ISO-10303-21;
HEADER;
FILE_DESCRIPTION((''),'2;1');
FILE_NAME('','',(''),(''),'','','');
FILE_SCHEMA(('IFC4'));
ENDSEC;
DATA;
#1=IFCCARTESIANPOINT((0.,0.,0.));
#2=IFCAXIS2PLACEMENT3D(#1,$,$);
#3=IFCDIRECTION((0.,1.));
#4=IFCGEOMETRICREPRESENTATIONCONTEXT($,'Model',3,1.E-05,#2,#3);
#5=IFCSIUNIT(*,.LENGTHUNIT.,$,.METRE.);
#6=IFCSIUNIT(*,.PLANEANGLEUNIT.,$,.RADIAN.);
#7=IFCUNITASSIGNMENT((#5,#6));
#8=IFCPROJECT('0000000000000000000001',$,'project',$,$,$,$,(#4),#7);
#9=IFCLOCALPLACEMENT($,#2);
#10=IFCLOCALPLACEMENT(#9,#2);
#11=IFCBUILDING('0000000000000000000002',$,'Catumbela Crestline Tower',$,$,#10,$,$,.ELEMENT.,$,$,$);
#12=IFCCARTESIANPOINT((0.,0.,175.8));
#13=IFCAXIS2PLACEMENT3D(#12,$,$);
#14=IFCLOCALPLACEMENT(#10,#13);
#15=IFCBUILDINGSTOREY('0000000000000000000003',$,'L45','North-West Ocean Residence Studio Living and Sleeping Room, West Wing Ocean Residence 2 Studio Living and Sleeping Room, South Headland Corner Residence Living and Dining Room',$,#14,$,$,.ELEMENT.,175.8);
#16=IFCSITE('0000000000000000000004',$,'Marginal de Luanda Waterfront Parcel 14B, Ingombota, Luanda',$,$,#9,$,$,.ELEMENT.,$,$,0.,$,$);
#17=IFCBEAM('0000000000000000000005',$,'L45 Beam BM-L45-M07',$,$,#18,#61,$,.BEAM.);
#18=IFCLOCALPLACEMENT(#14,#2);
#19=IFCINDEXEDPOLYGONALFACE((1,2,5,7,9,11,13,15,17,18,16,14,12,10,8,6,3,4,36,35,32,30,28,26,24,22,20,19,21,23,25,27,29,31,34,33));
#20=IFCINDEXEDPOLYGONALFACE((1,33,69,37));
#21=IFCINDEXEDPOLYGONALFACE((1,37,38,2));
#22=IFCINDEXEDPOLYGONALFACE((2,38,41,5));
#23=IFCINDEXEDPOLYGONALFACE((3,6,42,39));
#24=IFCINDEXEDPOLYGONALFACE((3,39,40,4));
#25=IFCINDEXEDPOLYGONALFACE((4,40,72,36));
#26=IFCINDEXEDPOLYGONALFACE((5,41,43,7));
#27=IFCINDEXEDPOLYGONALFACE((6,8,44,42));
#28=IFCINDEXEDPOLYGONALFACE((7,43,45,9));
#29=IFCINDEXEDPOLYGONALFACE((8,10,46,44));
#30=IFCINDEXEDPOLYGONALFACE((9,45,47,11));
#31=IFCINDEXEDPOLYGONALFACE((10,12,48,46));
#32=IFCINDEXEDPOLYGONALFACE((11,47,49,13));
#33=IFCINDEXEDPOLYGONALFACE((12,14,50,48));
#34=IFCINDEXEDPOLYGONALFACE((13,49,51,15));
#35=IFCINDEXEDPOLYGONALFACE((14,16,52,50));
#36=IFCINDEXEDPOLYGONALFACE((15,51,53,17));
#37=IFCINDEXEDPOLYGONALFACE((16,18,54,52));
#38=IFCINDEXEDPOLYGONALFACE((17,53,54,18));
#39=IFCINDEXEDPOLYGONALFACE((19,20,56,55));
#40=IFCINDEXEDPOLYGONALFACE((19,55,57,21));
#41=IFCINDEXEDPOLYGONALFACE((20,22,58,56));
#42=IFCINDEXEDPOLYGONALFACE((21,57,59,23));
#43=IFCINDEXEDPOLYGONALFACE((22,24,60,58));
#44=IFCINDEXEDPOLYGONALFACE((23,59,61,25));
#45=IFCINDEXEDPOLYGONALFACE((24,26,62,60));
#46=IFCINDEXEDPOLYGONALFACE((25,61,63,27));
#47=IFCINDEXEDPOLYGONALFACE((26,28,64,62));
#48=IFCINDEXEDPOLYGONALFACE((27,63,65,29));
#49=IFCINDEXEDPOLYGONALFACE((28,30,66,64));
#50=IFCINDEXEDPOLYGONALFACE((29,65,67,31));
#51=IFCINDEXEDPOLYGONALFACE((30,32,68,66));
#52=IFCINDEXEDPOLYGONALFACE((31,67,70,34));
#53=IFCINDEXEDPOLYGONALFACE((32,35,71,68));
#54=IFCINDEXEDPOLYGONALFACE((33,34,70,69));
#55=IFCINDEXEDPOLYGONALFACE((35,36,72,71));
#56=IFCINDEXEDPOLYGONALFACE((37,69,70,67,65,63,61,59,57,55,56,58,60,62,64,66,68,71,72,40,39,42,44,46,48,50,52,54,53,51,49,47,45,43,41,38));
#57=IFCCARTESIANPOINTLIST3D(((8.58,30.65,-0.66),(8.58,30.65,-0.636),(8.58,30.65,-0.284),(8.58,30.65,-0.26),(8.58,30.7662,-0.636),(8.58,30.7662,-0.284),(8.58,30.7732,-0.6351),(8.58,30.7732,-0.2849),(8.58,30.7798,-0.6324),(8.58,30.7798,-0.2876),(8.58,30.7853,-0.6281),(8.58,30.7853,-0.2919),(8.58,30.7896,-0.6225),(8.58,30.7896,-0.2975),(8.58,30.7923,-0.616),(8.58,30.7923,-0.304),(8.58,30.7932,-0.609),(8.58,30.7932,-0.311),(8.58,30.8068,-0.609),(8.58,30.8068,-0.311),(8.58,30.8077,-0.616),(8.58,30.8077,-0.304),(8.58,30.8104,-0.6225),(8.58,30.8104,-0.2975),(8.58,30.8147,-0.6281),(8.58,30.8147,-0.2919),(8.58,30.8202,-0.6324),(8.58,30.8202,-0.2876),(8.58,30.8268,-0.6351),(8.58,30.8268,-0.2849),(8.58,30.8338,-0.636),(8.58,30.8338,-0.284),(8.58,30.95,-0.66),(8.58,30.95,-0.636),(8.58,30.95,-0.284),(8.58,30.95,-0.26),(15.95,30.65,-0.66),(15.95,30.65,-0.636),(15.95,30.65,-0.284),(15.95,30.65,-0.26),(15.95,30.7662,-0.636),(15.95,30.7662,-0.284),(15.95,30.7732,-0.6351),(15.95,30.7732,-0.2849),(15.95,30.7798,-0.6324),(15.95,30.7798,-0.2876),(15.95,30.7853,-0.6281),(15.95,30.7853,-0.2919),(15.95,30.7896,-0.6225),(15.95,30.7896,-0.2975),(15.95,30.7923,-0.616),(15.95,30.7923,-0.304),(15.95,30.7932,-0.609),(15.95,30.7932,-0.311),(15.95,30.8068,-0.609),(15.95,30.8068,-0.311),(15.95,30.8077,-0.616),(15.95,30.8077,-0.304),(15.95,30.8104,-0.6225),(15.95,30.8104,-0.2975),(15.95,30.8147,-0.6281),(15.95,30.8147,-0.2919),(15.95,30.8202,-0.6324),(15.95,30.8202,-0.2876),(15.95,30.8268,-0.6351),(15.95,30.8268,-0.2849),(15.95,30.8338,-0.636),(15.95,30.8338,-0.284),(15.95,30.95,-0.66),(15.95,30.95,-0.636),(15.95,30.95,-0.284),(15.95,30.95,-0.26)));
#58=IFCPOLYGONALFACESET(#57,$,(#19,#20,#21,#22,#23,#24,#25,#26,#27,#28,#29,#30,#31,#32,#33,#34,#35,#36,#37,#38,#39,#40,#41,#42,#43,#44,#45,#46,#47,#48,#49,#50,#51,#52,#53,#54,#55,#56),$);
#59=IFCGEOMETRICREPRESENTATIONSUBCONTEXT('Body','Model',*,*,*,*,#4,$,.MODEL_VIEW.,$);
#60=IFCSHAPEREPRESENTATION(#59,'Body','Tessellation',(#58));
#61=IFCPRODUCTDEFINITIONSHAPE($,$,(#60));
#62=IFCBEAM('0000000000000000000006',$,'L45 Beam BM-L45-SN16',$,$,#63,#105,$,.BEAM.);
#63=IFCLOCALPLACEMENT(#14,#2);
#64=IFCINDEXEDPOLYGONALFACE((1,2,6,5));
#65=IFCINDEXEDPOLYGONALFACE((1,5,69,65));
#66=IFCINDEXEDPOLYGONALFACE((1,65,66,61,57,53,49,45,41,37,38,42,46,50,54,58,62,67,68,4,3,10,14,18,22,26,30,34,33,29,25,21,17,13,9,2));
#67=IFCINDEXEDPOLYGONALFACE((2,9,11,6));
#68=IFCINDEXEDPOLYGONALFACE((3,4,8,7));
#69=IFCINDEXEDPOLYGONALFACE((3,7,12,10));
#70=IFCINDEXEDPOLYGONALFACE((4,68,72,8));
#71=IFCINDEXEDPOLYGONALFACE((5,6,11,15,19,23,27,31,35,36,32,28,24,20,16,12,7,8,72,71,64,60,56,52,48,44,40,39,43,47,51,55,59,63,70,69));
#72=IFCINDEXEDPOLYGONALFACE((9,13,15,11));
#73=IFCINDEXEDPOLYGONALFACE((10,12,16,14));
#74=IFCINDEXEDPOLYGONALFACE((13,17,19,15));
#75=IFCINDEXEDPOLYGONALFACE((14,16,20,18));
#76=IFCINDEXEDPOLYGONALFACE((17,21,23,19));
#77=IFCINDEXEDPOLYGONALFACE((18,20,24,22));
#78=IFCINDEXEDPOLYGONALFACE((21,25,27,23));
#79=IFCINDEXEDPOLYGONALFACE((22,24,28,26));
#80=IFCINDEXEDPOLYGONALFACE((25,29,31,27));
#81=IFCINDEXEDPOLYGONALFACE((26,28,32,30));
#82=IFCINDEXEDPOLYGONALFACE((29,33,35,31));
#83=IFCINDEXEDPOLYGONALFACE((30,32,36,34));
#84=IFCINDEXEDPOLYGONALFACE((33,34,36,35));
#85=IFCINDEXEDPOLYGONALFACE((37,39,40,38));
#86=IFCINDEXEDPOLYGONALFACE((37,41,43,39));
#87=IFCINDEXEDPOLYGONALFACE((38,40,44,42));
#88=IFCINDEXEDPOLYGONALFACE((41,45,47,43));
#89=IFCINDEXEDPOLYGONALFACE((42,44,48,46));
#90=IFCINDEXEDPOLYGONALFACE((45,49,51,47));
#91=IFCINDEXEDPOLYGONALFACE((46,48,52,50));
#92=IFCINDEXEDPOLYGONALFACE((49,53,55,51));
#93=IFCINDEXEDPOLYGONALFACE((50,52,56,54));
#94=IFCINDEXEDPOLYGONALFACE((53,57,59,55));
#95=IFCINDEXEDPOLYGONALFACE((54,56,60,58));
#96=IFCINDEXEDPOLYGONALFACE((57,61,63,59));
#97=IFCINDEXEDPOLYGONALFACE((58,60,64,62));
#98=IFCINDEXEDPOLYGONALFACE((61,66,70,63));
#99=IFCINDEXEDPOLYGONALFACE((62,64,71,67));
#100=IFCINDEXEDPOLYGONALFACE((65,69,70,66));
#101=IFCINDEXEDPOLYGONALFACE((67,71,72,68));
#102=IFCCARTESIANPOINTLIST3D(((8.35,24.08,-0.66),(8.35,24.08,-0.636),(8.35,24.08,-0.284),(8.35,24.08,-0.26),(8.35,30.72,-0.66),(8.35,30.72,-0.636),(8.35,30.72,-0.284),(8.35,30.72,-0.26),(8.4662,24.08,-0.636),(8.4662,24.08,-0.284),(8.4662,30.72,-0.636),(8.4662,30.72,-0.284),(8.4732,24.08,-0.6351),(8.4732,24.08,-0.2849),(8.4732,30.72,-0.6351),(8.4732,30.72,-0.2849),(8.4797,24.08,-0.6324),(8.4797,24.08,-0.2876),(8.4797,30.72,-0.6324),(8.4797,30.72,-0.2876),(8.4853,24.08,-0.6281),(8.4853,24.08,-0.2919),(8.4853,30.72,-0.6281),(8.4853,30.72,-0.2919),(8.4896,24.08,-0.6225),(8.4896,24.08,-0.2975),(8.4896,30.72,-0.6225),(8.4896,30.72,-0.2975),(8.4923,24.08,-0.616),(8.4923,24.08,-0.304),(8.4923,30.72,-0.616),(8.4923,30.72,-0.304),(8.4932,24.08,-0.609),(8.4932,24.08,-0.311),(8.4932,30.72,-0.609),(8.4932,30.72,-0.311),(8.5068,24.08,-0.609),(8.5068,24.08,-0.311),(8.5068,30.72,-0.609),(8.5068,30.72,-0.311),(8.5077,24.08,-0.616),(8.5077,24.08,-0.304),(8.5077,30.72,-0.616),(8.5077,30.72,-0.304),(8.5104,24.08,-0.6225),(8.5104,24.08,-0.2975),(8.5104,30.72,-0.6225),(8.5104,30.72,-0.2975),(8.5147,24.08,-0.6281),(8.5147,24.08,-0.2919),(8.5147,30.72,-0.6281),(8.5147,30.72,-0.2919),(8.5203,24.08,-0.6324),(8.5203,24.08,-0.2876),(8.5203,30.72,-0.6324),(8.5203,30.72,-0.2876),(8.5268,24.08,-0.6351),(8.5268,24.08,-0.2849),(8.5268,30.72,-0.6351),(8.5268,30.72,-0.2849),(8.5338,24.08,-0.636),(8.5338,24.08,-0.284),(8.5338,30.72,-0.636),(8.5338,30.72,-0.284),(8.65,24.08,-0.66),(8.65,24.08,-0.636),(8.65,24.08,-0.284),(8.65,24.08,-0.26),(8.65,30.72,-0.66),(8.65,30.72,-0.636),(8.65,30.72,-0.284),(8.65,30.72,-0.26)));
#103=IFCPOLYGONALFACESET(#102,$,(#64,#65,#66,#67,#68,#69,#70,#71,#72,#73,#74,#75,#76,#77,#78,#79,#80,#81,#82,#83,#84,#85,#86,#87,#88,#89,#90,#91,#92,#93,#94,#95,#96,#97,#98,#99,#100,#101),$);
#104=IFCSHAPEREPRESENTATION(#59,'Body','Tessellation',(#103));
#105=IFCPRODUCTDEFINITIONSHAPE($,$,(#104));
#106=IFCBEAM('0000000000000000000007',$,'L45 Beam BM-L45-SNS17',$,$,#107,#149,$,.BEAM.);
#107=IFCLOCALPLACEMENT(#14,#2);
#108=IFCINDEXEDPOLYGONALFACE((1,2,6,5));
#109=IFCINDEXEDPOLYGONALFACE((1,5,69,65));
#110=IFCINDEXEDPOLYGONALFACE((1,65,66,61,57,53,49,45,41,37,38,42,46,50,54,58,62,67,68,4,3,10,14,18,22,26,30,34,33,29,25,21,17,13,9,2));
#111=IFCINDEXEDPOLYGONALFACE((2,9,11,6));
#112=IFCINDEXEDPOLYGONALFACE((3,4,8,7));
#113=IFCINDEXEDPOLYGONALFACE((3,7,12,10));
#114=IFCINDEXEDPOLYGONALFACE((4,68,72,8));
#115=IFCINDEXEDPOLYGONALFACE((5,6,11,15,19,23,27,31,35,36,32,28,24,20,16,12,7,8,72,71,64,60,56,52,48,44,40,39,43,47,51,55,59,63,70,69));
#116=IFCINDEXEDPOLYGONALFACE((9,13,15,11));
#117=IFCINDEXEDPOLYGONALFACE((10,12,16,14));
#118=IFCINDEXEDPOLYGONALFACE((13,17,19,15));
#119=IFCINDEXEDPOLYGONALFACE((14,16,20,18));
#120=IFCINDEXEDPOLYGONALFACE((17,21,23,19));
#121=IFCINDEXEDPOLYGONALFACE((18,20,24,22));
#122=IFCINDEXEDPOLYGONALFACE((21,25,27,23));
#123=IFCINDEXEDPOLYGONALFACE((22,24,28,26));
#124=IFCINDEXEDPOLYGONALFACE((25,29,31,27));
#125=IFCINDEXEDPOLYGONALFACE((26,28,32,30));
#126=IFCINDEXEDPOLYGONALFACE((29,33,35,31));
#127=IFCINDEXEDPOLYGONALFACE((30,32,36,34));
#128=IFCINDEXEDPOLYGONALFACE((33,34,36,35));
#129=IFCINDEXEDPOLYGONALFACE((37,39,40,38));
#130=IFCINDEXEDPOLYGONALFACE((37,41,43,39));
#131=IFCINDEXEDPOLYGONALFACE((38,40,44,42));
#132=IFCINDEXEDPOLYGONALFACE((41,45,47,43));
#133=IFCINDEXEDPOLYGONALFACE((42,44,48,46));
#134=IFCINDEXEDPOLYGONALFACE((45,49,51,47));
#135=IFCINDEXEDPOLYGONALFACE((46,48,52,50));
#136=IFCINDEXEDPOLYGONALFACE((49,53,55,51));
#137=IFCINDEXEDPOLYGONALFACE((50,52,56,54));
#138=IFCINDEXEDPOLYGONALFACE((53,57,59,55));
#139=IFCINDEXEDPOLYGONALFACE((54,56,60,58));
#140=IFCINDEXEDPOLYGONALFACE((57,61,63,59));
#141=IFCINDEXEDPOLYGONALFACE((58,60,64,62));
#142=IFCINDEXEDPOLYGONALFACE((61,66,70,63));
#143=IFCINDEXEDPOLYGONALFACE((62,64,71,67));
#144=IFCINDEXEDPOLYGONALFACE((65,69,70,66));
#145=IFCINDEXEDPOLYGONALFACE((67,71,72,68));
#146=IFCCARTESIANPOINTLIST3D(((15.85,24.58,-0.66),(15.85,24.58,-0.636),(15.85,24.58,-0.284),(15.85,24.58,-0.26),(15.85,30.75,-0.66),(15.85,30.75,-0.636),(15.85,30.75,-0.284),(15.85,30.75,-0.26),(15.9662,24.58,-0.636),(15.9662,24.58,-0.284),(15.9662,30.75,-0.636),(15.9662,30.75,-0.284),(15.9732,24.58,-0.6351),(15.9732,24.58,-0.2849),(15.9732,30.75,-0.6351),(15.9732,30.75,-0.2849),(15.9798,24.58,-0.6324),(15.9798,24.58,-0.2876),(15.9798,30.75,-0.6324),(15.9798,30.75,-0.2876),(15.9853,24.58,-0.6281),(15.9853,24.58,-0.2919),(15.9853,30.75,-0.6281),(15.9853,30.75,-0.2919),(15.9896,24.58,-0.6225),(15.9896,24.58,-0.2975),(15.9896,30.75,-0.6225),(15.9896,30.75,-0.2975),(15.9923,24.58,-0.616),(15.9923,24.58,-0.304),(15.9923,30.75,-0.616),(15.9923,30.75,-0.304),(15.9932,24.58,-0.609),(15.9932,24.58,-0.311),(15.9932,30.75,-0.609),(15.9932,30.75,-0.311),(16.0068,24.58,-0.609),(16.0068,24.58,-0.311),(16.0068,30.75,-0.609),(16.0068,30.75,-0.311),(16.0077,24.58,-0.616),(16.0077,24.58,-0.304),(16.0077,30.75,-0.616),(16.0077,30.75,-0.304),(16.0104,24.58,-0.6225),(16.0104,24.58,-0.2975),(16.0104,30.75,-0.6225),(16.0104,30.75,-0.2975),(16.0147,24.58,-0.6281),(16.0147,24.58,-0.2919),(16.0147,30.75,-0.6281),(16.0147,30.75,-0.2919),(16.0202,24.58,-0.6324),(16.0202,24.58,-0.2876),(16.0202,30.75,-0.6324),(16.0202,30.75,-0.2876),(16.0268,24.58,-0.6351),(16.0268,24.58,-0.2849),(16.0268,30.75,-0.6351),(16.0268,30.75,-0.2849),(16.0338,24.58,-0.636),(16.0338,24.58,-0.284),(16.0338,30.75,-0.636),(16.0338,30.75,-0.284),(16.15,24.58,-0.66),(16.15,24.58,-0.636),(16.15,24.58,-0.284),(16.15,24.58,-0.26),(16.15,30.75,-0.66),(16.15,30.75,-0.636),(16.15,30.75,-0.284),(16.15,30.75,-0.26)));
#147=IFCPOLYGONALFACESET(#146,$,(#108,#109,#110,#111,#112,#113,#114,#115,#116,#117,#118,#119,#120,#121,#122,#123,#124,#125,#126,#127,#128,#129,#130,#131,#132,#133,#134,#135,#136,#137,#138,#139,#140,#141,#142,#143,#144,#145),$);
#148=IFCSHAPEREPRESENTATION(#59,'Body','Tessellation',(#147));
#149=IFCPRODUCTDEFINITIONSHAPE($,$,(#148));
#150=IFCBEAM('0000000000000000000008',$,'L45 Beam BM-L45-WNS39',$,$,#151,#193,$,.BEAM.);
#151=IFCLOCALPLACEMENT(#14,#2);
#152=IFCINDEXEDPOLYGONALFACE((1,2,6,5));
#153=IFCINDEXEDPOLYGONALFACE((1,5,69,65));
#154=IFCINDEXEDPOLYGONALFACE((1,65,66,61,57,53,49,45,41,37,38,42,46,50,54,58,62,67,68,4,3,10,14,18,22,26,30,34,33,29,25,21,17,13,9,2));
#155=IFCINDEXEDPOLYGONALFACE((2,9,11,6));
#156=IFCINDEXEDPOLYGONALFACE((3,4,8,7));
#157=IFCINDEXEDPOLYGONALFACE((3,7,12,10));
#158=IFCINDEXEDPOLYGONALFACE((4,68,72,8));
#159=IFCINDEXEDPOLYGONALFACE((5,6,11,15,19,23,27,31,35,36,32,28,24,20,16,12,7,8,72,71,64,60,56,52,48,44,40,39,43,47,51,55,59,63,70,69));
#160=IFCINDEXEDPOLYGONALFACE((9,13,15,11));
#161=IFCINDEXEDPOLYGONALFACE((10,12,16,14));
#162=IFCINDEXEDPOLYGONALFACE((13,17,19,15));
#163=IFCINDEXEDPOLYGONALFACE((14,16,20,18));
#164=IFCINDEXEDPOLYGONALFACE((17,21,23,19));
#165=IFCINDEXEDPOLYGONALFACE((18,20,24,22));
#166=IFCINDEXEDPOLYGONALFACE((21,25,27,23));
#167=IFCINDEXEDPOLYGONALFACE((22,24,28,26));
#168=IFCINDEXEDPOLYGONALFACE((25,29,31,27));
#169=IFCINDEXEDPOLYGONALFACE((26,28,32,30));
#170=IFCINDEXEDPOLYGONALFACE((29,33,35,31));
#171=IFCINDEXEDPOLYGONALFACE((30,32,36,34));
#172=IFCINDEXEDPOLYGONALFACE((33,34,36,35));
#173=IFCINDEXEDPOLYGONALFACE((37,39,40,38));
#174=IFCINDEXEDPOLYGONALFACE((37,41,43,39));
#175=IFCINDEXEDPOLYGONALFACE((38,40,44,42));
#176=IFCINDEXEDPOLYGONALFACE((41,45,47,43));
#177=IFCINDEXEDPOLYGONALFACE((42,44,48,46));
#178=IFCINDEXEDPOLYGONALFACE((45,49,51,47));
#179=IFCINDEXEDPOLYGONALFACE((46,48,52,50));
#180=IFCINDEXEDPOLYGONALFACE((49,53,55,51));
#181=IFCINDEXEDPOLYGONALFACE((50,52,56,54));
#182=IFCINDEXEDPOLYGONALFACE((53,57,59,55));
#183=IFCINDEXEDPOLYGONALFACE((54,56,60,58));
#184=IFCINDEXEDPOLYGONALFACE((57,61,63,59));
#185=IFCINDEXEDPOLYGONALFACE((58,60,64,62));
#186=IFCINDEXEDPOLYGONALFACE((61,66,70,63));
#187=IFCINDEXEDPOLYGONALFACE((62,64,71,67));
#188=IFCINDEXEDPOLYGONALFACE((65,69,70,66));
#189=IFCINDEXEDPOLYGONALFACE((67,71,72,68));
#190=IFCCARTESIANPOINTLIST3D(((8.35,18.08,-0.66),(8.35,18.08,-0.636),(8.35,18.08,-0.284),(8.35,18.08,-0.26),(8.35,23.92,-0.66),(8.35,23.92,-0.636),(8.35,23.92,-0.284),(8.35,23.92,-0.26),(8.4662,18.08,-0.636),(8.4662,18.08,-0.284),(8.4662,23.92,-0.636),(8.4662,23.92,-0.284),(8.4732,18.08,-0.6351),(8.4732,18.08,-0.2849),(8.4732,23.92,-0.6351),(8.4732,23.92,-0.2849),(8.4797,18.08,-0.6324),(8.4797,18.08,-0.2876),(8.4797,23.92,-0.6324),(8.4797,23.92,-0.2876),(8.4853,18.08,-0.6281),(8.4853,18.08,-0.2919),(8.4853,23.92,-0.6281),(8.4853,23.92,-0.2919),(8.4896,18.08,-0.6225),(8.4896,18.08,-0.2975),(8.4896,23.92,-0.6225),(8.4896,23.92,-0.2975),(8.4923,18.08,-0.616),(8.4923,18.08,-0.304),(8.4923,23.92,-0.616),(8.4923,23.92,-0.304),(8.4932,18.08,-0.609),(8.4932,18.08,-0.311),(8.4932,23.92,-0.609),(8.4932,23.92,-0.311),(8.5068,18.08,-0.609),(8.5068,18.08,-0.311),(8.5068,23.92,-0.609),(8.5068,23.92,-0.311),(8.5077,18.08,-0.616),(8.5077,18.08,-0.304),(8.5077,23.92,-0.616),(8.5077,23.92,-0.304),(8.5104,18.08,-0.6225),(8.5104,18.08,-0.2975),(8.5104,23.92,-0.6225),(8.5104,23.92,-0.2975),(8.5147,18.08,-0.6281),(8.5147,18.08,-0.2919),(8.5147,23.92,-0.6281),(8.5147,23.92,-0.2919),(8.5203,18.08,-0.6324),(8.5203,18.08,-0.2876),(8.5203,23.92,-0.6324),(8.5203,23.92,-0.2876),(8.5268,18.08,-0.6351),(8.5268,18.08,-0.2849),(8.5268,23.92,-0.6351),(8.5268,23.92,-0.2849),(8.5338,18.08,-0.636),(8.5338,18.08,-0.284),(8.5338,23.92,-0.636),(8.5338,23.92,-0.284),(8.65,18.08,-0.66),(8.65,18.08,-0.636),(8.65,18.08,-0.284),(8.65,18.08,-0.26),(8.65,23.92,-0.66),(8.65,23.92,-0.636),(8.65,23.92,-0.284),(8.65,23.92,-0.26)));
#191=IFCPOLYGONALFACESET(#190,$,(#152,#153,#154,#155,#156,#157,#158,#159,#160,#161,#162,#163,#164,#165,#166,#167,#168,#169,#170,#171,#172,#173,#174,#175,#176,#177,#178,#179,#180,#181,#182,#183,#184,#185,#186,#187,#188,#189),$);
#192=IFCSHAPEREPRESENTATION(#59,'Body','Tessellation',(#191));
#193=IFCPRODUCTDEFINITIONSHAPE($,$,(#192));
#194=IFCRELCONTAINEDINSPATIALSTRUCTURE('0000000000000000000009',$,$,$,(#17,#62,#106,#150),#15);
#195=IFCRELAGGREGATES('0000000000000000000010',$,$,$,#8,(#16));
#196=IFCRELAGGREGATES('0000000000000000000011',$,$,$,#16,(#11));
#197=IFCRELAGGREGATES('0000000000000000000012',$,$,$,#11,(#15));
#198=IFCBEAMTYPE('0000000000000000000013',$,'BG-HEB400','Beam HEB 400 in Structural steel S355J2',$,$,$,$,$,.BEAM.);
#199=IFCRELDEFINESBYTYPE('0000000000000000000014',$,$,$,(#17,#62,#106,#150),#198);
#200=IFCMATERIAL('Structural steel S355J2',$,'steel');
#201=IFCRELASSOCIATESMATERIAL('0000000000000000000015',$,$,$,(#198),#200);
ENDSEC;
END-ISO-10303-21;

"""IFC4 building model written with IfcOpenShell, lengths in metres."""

from ifc_helpers import new_model, si_unit, direction, frame, origin, origin_2d, place, context, subcontext, project, spatial, i_section, extrude, material, material_profile, profile_set, type_object, element, save


model = new_model("IFC4")

# Units and contexts
model_context = context("Model", 3, precision=1e-05, world=origin(), true_north=direction((0.0, 1.0)))
body_context = subcontext(model_context, "Body", "Model", "MODEL_VIEW")
ifc_project = project(units=[si_unit("LENGTHUNIT", "METRE"), si_unit("PLANEANGLEUNIT", "RADIAN")], contexts=[model_context])

# Site, building, storey
site_placement = place(None, origin())
site = spatial("IfcSite", under=ifc_project, at=site_placement, Name="Marginal de Luanda Waterfront Parcel 14B, Ingombota, Luanda", CompositionType="ELEMENT", RefElevation=0.0)
building_placement = place(site_placement, origin())
building = spatial("IfcBuilding", under=site, at=building_placement, Name="Catumbela Crestline Tower", CompositionType="ELEMENT")
storey_placement = place(building_placement, frame((0.0, 0.0, 175.8)))
storey = spatial("IfcBuildingStorey", under=building, at=storey_placement, Name="L45", Description="North-West Ocean Residence Studio Living and Sleeping Room, West Wing Ocean Residence 2 Studio Living and Sleeping Room, South Headland Corner Residence Living and Dining Room", CompositionType="ELEMENT", Elevation=175.8)

# Beams
ifc_material_1 = material(Name="Structural steel S355J2", Category="steel")
ifc_material_profile_1 = material_profile(ifc_material_1, i_section(OverallWidth=0.3, OverallDepth=0.4, WebThickness=0.0135, FlangeThickness=0.024, FilletRadius=0.027, at=origin_2d()), Name="HEB 400")
ifc_profile_set_1 = profile_set([ifc_material_profile_1], Name="Structural steel S355J2")
beam_type_1 = type_object("IfcBeamType", Name="BG-HEB400", Description="Beam HEB 400 in Structural steel S355J2", PredefinedType="BEAM", material=ifc_profile_set_1)
beam_1_placement = place(storey_placement, frame((8.58, 30.8, -0.46), z_axis=(1.0, 0.0, 0.0), x_axis=(0.0, 1.0, 0.0)))
element("IfcBeam", 1, at=beam_1_placement, inside=storey, type_object=beam_type_1, Name="L45 Beam BM-L45-M07", PredefinedType="BEAM", context=body_context, shape_type="SweptSolid", body=[
    extrude(i_section(OverallWidth=0.3, OverallDepth=0.4, WebThickness=0.0135, FlangeThickness=0.024, FilletRadius=0.027, at=origin_2d()), origin(), (0.0, 0.0, 1.0), 7.37),
])
beam_2_placement = place(storey_placement, frame((8.5, 24.08, -0.46), z_axis=(0.0, 1.0, 0.0), x_axis=(-1.0, 0.0, 0.0)))
element("IfcBeam", 2, at=beam_2_placement, inside=storey, type_object=beam_type_1, Name="L45 Beam BM-L45-SN16", PredefinedType="BEAM", context=body_context, shape_type="SweptSolid", body=[
    extrude(i_section(OverallWidth=0.3, OverallDepth=0.4, WebThickness=0.0135, FlangeThickness=0.024, FilletRadius=0.027, at=origin_2d()), origin(), (0.0, 0.0, 1.0), 6.64),
])
beam_3_placement = place(storey_placement, frame((16.0, 24.58, -0.46), z_axis=(0.0, 1.0, 0.0), x_axis=(-1.0, 0.0, 0.0)))
element("IfcBeam", 3, at=beam_3_placement, inside=storey, type_object=beam_type_1, Name="L45 Beam BM-L45-SNS17", PredefinedType="BEAM", context=body_context, shape_type="SweptSolid", body=[
    extrude(i_section(OverallWidth=0.3, OverallDepth=0.4, WebThickness=0.0135, FlangeThickness=0.024, FilletRadius=0.027, at=origin_2d()), origin(), (0.0, 0.0, 1.0), 6.17),
])
beam_4_placement = place(storey_placement, frame((8.5, 18.08, -0.46), z_axis=(0.0, 1.0, 0.0), x_axis=(-1.0, 0.0, 0.0)))
element("IfcBeam", 4, at=beam_4_placement, inside=storey, type_object=beam_type_1, Name="L45 Beam BM-L45-WNS39", PredefinedType="BEAM", context=body_context, shape_type="SweptSolid", body=[
    extrude(i_section(OverallWidth=0.3, OverallDepth=0.4, WebThickness=0.0135, FlangeThickness=0.024, FilletRadius=0.027, at=origin_2d()), origin(), (0.0, 0.0, 1.0), 5.84),
])

save(model, "model.ifc")
